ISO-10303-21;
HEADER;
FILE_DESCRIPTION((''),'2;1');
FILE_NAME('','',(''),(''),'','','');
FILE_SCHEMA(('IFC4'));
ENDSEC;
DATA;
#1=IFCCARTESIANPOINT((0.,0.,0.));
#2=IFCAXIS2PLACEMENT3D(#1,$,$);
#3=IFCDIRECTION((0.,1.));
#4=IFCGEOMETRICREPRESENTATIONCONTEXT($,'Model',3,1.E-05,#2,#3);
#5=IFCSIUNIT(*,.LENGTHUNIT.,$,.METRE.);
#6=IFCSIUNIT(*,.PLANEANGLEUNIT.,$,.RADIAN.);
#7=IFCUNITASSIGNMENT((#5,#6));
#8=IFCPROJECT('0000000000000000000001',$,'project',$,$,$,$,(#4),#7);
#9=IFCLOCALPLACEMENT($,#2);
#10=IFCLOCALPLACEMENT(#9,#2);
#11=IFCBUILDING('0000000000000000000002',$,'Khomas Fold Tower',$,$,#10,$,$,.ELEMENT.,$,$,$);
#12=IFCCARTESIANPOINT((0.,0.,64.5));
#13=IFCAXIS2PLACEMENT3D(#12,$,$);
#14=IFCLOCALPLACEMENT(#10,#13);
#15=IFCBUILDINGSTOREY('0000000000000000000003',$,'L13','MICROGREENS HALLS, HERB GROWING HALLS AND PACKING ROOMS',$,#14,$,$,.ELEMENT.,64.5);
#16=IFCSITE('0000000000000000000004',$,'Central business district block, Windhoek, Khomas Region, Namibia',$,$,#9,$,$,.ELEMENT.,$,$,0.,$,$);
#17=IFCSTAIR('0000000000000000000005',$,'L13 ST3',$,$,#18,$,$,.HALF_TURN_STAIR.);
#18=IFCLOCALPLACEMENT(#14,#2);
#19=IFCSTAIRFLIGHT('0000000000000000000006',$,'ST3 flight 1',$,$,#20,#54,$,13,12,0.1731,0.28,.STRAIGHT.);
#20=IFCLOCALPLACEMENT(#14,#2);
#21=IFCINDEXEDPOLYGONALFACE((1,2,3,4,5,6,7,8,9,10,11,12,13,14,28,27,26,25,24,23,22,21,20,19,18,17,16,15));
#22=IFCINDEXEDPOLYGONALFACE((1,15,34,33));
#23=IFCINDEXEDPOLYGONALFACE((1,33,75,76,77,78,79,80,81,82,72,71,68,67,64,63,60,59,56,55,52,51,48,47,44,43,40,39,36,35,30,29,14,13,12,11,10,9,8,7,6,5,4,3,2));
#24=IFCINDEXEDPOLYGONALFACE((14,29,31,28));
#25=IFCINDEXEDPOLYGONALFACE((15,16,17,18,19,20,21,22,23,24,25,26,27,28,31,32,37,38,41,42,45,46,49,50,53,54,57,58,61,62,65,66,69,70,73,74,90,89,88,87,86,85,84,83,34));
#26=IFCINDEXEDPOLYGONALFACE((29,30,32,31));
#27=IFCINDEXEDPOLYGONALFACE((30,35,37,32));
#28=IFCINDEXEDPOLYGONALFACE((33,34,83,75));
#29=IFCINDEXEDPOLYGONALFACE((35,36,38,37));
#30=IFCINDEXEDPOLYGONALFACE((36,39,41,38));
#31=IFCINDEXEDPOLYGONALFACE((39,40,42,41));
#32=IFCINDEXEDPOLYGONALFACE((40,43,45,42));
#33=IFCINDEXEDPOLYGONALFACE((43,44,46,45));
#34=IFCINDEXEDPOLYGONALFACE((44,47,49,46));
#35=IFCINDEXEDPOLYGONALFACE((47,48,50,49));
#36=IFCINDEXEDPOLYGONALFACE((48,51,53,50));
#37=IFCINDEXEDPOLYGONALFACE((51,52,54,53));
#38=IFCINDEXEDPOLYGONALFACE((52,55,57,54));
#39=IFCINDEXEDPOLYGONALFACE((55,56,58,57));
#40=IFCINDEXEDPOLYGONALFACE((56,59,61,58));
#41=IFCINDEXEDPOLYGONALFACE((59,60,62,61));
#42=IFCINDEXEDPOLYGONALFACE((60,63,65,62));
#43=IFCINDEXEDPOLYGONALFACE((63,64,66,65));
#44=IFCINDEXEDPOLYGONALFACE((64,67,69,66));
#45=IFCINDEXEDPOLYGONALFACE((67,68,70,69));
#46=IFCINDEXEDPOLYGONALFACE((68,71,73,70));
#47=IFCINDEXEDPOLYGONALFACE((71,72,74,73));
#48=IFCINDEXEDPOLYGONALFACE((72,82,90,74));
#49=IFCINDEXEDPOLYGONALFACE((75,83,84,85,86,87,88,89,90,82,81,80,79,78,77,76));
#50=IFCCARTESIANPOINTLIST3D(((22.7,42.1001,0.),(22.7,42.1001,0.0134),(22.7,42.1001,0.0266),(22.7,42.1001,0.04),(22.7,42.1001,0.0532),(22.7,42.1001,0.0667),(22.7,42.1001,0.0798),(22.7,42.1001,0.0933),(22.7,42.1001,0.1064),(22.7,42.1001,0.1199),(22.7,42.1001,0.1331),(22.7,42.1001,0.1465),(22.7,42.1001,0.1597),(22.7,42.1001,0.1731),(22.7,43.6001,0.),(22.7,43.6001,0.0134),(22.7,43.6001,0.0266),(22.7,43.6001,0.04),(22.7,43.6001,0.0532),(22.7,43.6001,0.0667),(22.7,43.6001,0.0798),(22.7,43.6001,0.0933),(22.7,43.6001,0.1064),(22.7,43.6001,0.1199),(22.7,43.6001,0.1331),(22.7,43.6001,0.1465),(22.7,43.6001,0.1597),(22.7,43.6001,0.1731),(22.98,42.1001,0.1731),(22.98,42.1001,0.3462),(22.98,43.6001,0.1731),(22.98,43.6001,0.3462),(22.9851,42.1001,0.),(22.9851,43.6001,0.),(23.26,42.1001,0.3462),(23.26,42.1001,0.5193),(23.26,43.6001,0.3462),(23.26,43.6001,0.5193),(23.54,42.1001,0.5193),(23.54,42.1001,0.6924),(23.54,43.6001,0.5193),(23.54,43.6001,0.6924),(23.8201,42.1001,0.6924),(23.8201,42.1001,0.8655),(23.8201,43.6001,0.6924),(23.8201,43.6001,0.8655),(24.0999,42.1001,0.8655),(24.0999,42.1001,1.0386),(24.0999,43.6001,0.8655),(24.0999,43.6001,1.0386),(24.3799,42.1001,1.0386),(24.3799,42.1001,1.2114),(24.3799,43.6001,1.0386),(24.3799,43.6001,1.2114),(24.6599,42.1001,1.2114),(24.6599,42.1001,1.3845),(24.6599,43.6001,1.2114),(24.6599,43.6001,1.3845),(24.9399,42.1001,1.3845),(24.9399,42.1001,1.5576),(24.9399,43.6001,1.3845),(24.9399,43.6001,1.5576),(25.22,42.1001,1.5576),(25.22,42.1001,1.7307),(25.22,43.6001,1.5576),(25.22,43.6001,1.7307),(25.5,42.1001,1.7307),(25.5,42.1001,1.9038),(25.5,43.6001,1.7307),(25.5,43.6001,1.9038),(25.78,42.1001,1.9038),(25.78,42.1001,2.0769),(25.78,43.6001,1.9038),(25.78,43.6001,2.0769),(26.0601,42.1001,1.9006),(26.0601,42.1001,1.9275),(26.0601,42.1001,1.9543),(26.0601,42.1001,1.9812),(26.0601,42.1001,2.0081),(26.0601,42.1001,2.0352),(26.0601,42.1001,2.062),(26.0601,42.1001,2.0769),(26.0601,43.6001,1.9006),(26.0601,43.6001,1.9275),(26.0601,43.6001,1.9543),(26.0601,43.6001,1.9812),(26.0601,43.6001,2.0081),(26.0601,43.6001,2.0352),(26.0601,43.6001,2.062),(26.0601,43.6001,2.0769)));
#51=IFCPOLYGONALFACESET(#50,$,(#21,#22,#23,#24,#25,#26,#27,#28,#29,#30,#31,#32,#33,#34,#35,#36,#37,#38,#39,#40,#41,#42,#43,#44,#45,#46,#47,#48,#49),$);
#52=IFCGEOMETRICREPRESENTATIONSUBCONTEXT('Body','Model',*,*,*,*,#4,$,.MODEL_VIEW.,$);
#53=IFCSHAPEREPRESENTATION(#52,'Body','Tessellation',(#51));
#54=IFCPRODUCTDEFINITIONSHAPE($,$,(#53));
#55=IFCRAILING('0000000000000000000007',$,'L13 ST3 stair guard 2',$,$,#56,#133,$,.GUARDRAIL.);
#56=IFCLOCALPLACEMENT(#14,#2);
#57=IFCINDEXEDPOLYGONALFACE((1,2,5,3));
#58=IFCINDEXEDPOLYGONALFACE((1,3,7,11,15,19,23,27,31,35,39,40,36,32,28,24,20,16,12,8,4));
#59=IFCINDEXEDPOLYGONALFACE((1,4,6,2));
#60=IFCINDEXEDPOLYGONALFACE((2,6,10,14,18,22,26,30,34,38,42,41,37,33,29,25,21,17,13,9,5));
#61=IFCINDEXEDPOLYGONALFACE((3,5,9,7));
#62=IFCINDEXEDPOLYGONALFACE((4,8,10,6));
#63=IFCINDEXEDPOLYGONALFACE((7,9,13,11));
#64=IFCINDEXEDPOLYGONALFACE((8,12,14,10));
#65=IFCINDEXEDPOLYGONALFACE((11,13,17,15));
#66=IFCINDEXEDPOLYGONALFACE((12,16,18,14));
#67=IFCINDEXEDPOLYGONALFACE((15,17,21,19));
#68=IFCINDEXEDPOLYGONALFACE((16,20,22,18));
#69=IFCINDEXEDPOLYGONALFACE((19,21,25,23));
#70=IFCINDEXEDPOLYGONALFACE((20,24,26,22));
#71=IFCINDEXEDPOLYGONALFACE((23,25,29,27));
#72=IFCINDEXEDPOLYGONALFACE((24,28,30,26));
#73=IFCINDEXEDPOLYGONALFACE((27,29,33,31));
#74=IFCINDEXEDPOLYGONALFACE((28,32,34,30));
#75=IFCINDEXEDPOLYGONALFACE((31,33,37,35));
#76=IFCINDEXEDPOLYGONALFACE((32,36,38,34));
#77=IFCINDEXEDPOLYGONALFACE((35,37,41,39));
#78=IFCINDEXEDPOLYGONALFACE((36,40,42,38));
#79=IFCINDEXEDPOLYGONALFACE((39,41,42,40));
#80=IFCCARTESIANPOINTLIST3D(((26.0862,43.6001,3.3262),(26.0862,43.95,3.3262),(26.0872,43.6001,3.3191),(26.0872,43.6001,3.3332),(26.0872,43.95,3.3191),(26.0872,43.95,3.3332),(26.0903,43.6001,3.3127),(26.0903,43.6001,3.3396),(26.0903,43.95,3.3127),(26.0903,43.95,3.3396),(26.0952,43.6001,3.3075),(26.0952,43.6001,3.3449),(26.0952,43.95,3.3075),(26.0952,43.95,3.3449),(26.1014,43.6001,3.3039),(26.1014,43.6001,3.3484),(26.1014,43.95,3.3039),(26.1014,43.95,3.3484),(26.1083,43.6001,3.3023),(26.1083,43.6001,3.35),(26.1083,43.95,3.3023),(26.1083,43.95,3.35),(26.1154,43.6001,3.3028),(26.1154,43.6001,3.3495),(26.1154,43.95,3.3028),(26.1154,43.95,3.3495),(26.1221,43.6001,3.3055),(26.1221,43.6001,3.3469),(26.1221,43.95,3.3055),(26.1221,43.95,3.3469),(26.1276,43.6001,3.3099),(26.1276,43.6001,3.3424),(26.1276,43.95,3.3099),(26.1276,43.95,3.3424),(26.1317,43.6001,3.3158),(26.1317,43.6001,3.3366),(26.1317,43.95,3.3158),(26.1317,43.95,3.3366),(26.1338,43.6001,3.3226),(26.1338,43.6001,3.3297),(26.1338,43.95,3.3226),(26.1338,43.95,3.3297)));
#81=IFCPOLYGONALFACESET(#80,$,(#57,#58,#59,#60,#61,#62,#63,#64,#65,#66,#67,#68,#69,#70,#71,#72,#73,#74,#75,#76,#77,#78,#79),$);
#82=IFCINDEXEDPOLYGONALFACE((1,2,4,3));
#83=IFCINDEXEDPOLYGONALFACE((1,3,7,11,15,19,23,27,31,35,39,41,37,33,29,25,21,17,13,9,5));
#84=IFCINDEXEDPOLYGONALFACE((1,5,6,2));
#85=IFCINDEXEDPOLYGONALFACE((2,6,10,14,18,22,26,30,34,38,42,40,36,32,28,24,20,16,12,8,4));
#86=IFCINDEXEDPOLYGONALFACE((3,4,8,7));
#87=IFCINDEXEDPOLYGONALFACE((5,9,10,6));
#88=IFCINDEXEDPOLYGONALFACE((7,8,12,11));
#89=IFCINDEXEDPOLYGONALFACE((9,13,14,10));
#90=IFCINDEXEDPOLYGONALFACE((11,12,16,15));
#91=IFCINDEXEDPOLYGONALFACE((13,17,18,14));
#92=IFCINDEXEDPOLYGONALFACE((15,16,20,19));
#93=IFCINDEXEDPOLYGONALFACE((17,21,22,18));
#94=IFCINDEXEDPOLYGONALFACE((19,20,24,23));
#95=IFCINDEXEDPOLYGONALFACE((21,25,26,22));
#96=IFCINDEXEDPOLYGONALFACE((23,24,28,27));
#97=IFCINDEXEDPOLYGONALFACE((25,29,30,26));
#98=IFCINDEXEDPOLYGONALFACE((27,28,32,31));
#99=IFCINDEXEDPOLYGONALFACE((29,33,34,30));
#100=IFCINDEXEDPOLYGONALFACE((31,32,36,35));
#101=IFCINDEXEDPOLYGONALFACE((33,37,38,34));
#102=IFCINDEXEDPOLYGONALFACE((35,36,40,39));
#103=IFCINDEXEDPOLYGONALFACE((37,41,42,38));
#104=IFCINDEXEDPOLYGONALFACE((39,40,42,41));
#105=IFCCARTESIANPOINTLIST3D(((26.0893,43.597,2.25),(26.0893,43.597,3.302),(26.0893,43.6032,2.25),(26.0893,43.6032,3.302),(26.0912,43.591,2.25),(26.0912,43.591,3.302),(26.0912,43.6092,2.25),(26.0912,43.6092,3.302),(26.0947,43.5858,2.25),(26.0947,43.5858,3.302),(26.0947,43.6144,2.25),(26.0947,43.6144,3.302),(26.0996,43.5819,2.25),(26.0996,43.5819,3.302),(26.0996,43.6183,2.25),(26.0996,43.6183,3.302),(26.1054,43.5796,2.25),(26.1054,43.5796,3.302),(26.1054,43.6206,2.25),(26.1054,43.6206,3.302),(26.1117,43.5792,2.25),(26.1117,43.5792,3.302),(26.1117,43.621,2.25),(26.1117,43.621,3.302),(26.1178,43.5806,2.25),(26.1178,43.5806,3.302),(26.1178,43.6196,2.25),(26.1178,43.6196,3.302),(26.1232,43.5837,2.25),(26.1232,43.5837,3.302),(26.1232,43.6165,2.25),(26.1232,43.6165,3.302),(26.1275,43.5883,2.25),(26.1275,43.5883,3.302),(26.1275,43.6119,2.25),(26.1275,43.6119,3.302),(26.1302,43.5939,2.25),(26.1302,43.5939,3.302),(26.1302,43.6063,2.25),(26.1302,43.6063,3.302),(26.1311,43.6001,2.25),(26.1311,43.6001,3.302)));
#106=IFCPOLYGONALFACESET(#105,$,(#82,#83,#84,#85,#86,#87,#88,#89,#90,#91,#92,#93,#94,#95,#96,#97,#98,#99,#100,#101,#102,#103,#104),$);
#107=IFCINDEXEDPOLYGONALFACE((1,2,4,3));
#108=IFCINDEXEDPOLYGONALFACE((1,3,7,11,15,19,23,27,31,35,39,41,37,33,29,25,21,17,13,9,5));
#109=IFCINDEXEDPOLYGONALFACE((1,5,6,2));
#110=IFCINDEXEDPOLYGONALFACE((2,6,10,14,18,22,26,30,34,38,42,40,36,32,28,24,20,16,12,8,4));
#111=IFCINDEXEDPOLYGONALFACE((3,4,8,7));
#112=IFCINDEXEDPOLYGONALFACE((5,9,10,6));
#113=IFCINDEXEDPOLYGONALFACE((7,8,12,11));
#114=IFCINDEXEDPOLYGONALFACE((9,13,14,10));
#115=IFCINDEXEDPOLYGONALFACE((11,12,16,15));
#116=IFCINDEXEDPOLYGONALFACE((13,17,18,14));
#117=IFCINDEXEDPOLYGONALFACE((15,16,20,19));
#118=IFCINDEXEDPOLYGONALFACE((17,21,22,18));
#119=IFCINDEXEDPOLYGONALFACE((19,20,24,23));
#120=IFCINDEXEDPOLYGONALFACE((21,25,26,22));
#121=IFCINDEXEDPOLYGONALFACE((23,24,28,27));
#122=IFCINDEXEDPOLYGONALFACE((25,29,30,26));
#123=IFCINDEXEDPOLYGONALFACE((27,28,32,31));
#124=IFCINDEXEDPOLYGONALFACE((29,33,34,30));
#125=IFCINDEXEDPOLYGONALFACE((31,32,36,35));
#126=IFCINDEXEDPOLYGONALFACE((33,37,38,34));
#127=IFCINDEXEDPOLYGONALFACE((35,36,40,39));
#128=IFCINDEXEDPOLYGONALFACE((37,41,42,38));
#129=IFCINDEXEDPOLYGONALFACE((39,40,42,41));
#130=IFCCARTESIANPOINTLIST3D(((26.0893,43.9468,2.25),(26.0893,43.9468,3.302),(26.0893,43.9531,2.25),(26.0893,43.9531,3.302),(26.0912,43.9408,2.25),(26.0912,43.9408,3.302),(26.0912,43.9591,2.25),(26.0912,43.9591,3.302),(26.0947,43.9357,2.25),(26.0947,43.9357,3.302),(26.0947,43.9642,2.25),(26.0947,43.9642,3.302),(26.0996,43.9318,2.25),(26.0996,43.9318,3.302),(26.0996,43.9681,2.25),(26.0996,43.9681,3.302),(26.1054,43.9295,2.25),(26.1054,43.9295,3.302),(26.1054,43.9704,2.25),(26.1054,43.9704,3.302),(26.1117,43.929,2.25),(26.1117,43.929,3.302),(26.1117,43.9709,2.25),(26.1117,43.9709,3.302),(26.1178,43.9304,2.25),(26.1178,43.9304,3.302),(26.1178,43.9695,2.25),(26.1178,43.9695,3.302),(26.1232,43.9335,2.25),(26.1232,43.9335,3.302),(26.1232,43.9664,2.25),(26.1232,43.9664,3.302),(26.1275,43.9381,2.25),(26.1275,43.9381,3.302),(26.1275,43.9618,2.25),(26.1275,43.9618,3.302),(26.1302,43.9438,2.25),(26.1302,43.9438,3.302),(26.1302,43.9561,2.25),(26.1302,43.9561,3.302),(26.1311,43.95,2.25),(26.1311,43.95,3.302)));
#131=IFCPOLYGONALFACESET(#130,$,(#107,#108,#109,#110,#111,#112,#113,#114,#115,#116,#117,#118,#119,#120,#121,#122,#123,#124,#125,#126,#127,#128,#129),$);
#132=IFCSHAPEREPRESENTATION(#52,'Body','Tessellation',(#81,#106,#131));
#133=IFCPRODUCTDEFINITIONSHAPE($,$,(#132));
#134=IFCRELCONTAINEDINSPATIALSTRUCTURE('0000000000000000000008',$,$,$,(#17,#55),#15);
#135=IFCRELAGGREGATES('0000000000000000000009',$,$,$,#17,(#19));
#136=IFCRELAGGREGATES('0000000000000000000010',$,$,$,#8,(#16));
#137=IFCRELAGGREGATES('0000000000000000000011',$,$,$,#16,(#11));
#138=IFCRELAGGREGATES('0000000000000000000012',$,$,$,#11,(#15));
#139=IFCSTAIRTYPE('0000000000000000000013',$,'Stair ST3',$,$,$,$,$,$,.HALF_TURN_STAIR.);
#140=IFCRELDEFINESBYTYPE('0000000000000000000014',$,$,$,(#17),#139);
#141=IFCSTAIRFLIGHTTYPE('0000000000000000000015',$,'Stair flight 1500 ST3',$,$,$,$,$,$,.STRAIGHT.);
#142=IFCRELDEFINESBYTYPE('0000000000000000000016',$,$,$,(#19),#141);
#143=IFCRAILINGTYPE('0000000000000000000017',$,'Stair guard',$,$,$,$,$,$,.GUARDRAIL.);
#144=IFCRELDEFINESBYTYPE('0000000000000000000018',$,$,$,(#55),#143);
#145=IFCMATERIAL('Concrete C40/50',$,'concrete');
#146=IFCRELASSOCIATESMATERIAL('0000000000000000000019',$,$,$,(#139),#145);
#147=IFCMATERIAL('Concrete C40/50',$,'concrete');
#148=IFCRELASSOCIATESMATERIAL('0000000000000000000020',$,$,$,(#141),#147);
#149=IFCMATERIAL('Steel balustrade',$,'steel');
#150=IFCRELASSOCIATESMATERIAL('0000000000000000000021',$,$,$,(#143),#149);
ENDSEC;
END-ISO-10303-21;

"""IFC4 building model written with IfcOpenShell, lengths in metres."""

from ifc_helpers import new_model, si_unit, direction, frame, origin, origin_2d, place, context, subcontext, project, spatial, polyline, circle, outline, extrude, source, transform, mapped, material, type_object, element, aggregate, save


model = new_model("IFC4")

# Units and contexts
model_context = context("Model", 3, precision=1e-05, world=origin(), true_north=direction((0.0, 1.0)))
body_context = subcontext(model_context, "Body", "Model", "MODEL_VIEW")
ifc_project = project(units=[si_unit("LENGTHUNIT", "METRE"), si_unit("PLANEANGLEUNIT", "RADIAN")], contexts=[model_context])

# Site, building, storey
site_placement = place(None, origin())
site = spatial("IfcSite", under=ifc_project, at=site_placement, Name="Central business district block, Windhoek, Khomas Region, Namibia", CompositionType="ELEMENT", RefElevation=0.0)
building_placement = place(site_placement, origin())
building = spatial("IfcBuilding", under=site, at=building_placement, Name="Khomas Fold Tower", CompositionType="ELEMENT")
storey_placement = place(building_placement, frame((0.0, 0.0, 64.5)))
storey = spatial("IfcBuildingStorey", under=building, at=storey_placement, Name="L13", Description="MICROGREENS HALLS, HERB GROWING HALLS AND PACKING ROOMS", CompositionType="ELEMENT", Elevation=64.5)

# Stair, stair flight
ifc_material_1 = material(Name="Concrete C40/50", Category="concrete")
stair_type = type_object("IfcStairType", Name="Stair ST3", PredefinedType="HALF_TURN_STAIR", material=ifc_material_1)
stair_placement = place(storey_placement, origin())
stair = element("IfcStair", 1, at=stair_placement, inside=storey, type_object=stair_type, Name="L13 ST3", PredefinedType="HALF_TURN_STAIR")
ifc_material_2 = material(Name="Concrete C40/50", Category="concrete")
stair_flight_type = type_object("IfcStairFlightType", Name="Stair flight 1500 ST3", PredefinedType="STRAIGHT", material=ifc_material_2)
shared_shape_1 = source(origin(), body_context, "Body", "SweptSolid", [
    extrude(outline(polyline([(0.0, 0.0), (0.0, 0.0134), (0.0, 0.0266), (0.0, 0.04), (0.0, 0.0532), (0.0, 0.0667), (0.0, 0.0798), (0.0, 0.0933), (0.0, 0.1064), (0.0, 0.1199), (0.0, 0.1331), (0.0, 0.1465), (0.0, 0.1597), (0.0, 0.1731), (0.28, 0.1731), (0.28, 0.3462), (0.5601, 0.3462), (0.5601, 0.5193), (0.8401, 0.5193), (0.8401, 0.6924), (1.1201, 0.6924), (1.1201, 0.8655), (1.3999, 0.8655), (1.3999, 1.0386), (1.6799, 1.0386), (1.6799, 1.2114), (1.96, 1.2114), (1.96, 1.3845), (2.24, 1.3845), (2.24, 1.5576), (2.52, 1.5576), (2.52, 1.7307), (2.8, 1.7307), (2.8, 1.9038), (3.0801, 1.9038), (3.0801, 2.0769), (3.3601, 2.0769), (3.3601, 2.25), (3.3601, 2.2231), (3.3601, 2.1963), (3.3601, 2.1694), (3.3601, 2.1426), (3.3601, 2.1157), (3.3601, 2.0889), (3.3601, 2.062), (3.3601, 2.0352), (3.3601, 2.0081), (3.3601, 1.9812), (3.3601, 1.9543), (3.3601, 1.9275), (3.3601, 1.9006), (0.2852, 0.0), (0.0, 0.0)])), frame((0.0, 0.75, 0.0), z_axis=(0.0, -1.0, 0.0), x_axis=(1.0, 0.0, 0.0)), (0.0, 0.0, 1.0), 1.5),
])
stair_flight_placement = place(storey_placement, frame((22.7, 42.8501, 0.0), z_axis=(0.0, 0.0, 1.0), x_axis=(1.0, 0.0, 0.0)))
stair_flight = element("IfcStairFlight", 2, at=stair_flight_placement, type_object=stair_flight_type, Name="ST3 flight 1", NumberOfRisers=13, NumberOfTreads=12, PredefinedType="STRAIGHT", RiserHeight=0.1731, TreadLength=0.28, context=body_context, shape_type="MappedRepresentation", body=[
    mapped(shared_shape_1, transform((0.0, 0.0, 0.0))),
])
aggregate(stair, [stair_flight])

# Railing
ifc_material_3 = material(Name="Steel balustrade", Category="steel")
railing_type_1 = type_object("IfcRailingType", Name="Stair guard", PredefinedType="GUARDRAIL", material=ifc_material_3)
shared_shape_2 = source(origin(), body_context, "Body", "SweptSolid", [
    extrude(circle(Radius=0.0239, at=origin_2d()), frame((0.0, 0.0, 1.0762), z_axis=(0.0, 1.0, 0.0), x_axis=(-1.0, 0.0, 0.0)), (0.0, 0.0, 1.0), 0.3499),
    extrude(circle(Radius=0.021, at=origin_2d()), origin(), (0.0, 0.0, 1.0), 1.052),
    extrude(circle(Radius=0.021, at=origin_2d()), frame((0.0, 0.3499, 0.0)), (0.0, 0.0, 1.0), 1.052),
])
for number, where, name in (
    (3, (26.1101, 43.6001, 2.25), "L13 ST3 stair guard 2"),
):
    element("IfcRailing", number, at=place(storey_placement, frame(where)), inside=storey, type_object=railing_type_1, Name=name, PredefinedType="GUARDRAIL", context=body_context, shape_type="MappedRepresentation", body=[
        mapped(shared_shape_2, transform((0.0, 0.0, 0.0))),
    ])

save(model, "model.ifc")
